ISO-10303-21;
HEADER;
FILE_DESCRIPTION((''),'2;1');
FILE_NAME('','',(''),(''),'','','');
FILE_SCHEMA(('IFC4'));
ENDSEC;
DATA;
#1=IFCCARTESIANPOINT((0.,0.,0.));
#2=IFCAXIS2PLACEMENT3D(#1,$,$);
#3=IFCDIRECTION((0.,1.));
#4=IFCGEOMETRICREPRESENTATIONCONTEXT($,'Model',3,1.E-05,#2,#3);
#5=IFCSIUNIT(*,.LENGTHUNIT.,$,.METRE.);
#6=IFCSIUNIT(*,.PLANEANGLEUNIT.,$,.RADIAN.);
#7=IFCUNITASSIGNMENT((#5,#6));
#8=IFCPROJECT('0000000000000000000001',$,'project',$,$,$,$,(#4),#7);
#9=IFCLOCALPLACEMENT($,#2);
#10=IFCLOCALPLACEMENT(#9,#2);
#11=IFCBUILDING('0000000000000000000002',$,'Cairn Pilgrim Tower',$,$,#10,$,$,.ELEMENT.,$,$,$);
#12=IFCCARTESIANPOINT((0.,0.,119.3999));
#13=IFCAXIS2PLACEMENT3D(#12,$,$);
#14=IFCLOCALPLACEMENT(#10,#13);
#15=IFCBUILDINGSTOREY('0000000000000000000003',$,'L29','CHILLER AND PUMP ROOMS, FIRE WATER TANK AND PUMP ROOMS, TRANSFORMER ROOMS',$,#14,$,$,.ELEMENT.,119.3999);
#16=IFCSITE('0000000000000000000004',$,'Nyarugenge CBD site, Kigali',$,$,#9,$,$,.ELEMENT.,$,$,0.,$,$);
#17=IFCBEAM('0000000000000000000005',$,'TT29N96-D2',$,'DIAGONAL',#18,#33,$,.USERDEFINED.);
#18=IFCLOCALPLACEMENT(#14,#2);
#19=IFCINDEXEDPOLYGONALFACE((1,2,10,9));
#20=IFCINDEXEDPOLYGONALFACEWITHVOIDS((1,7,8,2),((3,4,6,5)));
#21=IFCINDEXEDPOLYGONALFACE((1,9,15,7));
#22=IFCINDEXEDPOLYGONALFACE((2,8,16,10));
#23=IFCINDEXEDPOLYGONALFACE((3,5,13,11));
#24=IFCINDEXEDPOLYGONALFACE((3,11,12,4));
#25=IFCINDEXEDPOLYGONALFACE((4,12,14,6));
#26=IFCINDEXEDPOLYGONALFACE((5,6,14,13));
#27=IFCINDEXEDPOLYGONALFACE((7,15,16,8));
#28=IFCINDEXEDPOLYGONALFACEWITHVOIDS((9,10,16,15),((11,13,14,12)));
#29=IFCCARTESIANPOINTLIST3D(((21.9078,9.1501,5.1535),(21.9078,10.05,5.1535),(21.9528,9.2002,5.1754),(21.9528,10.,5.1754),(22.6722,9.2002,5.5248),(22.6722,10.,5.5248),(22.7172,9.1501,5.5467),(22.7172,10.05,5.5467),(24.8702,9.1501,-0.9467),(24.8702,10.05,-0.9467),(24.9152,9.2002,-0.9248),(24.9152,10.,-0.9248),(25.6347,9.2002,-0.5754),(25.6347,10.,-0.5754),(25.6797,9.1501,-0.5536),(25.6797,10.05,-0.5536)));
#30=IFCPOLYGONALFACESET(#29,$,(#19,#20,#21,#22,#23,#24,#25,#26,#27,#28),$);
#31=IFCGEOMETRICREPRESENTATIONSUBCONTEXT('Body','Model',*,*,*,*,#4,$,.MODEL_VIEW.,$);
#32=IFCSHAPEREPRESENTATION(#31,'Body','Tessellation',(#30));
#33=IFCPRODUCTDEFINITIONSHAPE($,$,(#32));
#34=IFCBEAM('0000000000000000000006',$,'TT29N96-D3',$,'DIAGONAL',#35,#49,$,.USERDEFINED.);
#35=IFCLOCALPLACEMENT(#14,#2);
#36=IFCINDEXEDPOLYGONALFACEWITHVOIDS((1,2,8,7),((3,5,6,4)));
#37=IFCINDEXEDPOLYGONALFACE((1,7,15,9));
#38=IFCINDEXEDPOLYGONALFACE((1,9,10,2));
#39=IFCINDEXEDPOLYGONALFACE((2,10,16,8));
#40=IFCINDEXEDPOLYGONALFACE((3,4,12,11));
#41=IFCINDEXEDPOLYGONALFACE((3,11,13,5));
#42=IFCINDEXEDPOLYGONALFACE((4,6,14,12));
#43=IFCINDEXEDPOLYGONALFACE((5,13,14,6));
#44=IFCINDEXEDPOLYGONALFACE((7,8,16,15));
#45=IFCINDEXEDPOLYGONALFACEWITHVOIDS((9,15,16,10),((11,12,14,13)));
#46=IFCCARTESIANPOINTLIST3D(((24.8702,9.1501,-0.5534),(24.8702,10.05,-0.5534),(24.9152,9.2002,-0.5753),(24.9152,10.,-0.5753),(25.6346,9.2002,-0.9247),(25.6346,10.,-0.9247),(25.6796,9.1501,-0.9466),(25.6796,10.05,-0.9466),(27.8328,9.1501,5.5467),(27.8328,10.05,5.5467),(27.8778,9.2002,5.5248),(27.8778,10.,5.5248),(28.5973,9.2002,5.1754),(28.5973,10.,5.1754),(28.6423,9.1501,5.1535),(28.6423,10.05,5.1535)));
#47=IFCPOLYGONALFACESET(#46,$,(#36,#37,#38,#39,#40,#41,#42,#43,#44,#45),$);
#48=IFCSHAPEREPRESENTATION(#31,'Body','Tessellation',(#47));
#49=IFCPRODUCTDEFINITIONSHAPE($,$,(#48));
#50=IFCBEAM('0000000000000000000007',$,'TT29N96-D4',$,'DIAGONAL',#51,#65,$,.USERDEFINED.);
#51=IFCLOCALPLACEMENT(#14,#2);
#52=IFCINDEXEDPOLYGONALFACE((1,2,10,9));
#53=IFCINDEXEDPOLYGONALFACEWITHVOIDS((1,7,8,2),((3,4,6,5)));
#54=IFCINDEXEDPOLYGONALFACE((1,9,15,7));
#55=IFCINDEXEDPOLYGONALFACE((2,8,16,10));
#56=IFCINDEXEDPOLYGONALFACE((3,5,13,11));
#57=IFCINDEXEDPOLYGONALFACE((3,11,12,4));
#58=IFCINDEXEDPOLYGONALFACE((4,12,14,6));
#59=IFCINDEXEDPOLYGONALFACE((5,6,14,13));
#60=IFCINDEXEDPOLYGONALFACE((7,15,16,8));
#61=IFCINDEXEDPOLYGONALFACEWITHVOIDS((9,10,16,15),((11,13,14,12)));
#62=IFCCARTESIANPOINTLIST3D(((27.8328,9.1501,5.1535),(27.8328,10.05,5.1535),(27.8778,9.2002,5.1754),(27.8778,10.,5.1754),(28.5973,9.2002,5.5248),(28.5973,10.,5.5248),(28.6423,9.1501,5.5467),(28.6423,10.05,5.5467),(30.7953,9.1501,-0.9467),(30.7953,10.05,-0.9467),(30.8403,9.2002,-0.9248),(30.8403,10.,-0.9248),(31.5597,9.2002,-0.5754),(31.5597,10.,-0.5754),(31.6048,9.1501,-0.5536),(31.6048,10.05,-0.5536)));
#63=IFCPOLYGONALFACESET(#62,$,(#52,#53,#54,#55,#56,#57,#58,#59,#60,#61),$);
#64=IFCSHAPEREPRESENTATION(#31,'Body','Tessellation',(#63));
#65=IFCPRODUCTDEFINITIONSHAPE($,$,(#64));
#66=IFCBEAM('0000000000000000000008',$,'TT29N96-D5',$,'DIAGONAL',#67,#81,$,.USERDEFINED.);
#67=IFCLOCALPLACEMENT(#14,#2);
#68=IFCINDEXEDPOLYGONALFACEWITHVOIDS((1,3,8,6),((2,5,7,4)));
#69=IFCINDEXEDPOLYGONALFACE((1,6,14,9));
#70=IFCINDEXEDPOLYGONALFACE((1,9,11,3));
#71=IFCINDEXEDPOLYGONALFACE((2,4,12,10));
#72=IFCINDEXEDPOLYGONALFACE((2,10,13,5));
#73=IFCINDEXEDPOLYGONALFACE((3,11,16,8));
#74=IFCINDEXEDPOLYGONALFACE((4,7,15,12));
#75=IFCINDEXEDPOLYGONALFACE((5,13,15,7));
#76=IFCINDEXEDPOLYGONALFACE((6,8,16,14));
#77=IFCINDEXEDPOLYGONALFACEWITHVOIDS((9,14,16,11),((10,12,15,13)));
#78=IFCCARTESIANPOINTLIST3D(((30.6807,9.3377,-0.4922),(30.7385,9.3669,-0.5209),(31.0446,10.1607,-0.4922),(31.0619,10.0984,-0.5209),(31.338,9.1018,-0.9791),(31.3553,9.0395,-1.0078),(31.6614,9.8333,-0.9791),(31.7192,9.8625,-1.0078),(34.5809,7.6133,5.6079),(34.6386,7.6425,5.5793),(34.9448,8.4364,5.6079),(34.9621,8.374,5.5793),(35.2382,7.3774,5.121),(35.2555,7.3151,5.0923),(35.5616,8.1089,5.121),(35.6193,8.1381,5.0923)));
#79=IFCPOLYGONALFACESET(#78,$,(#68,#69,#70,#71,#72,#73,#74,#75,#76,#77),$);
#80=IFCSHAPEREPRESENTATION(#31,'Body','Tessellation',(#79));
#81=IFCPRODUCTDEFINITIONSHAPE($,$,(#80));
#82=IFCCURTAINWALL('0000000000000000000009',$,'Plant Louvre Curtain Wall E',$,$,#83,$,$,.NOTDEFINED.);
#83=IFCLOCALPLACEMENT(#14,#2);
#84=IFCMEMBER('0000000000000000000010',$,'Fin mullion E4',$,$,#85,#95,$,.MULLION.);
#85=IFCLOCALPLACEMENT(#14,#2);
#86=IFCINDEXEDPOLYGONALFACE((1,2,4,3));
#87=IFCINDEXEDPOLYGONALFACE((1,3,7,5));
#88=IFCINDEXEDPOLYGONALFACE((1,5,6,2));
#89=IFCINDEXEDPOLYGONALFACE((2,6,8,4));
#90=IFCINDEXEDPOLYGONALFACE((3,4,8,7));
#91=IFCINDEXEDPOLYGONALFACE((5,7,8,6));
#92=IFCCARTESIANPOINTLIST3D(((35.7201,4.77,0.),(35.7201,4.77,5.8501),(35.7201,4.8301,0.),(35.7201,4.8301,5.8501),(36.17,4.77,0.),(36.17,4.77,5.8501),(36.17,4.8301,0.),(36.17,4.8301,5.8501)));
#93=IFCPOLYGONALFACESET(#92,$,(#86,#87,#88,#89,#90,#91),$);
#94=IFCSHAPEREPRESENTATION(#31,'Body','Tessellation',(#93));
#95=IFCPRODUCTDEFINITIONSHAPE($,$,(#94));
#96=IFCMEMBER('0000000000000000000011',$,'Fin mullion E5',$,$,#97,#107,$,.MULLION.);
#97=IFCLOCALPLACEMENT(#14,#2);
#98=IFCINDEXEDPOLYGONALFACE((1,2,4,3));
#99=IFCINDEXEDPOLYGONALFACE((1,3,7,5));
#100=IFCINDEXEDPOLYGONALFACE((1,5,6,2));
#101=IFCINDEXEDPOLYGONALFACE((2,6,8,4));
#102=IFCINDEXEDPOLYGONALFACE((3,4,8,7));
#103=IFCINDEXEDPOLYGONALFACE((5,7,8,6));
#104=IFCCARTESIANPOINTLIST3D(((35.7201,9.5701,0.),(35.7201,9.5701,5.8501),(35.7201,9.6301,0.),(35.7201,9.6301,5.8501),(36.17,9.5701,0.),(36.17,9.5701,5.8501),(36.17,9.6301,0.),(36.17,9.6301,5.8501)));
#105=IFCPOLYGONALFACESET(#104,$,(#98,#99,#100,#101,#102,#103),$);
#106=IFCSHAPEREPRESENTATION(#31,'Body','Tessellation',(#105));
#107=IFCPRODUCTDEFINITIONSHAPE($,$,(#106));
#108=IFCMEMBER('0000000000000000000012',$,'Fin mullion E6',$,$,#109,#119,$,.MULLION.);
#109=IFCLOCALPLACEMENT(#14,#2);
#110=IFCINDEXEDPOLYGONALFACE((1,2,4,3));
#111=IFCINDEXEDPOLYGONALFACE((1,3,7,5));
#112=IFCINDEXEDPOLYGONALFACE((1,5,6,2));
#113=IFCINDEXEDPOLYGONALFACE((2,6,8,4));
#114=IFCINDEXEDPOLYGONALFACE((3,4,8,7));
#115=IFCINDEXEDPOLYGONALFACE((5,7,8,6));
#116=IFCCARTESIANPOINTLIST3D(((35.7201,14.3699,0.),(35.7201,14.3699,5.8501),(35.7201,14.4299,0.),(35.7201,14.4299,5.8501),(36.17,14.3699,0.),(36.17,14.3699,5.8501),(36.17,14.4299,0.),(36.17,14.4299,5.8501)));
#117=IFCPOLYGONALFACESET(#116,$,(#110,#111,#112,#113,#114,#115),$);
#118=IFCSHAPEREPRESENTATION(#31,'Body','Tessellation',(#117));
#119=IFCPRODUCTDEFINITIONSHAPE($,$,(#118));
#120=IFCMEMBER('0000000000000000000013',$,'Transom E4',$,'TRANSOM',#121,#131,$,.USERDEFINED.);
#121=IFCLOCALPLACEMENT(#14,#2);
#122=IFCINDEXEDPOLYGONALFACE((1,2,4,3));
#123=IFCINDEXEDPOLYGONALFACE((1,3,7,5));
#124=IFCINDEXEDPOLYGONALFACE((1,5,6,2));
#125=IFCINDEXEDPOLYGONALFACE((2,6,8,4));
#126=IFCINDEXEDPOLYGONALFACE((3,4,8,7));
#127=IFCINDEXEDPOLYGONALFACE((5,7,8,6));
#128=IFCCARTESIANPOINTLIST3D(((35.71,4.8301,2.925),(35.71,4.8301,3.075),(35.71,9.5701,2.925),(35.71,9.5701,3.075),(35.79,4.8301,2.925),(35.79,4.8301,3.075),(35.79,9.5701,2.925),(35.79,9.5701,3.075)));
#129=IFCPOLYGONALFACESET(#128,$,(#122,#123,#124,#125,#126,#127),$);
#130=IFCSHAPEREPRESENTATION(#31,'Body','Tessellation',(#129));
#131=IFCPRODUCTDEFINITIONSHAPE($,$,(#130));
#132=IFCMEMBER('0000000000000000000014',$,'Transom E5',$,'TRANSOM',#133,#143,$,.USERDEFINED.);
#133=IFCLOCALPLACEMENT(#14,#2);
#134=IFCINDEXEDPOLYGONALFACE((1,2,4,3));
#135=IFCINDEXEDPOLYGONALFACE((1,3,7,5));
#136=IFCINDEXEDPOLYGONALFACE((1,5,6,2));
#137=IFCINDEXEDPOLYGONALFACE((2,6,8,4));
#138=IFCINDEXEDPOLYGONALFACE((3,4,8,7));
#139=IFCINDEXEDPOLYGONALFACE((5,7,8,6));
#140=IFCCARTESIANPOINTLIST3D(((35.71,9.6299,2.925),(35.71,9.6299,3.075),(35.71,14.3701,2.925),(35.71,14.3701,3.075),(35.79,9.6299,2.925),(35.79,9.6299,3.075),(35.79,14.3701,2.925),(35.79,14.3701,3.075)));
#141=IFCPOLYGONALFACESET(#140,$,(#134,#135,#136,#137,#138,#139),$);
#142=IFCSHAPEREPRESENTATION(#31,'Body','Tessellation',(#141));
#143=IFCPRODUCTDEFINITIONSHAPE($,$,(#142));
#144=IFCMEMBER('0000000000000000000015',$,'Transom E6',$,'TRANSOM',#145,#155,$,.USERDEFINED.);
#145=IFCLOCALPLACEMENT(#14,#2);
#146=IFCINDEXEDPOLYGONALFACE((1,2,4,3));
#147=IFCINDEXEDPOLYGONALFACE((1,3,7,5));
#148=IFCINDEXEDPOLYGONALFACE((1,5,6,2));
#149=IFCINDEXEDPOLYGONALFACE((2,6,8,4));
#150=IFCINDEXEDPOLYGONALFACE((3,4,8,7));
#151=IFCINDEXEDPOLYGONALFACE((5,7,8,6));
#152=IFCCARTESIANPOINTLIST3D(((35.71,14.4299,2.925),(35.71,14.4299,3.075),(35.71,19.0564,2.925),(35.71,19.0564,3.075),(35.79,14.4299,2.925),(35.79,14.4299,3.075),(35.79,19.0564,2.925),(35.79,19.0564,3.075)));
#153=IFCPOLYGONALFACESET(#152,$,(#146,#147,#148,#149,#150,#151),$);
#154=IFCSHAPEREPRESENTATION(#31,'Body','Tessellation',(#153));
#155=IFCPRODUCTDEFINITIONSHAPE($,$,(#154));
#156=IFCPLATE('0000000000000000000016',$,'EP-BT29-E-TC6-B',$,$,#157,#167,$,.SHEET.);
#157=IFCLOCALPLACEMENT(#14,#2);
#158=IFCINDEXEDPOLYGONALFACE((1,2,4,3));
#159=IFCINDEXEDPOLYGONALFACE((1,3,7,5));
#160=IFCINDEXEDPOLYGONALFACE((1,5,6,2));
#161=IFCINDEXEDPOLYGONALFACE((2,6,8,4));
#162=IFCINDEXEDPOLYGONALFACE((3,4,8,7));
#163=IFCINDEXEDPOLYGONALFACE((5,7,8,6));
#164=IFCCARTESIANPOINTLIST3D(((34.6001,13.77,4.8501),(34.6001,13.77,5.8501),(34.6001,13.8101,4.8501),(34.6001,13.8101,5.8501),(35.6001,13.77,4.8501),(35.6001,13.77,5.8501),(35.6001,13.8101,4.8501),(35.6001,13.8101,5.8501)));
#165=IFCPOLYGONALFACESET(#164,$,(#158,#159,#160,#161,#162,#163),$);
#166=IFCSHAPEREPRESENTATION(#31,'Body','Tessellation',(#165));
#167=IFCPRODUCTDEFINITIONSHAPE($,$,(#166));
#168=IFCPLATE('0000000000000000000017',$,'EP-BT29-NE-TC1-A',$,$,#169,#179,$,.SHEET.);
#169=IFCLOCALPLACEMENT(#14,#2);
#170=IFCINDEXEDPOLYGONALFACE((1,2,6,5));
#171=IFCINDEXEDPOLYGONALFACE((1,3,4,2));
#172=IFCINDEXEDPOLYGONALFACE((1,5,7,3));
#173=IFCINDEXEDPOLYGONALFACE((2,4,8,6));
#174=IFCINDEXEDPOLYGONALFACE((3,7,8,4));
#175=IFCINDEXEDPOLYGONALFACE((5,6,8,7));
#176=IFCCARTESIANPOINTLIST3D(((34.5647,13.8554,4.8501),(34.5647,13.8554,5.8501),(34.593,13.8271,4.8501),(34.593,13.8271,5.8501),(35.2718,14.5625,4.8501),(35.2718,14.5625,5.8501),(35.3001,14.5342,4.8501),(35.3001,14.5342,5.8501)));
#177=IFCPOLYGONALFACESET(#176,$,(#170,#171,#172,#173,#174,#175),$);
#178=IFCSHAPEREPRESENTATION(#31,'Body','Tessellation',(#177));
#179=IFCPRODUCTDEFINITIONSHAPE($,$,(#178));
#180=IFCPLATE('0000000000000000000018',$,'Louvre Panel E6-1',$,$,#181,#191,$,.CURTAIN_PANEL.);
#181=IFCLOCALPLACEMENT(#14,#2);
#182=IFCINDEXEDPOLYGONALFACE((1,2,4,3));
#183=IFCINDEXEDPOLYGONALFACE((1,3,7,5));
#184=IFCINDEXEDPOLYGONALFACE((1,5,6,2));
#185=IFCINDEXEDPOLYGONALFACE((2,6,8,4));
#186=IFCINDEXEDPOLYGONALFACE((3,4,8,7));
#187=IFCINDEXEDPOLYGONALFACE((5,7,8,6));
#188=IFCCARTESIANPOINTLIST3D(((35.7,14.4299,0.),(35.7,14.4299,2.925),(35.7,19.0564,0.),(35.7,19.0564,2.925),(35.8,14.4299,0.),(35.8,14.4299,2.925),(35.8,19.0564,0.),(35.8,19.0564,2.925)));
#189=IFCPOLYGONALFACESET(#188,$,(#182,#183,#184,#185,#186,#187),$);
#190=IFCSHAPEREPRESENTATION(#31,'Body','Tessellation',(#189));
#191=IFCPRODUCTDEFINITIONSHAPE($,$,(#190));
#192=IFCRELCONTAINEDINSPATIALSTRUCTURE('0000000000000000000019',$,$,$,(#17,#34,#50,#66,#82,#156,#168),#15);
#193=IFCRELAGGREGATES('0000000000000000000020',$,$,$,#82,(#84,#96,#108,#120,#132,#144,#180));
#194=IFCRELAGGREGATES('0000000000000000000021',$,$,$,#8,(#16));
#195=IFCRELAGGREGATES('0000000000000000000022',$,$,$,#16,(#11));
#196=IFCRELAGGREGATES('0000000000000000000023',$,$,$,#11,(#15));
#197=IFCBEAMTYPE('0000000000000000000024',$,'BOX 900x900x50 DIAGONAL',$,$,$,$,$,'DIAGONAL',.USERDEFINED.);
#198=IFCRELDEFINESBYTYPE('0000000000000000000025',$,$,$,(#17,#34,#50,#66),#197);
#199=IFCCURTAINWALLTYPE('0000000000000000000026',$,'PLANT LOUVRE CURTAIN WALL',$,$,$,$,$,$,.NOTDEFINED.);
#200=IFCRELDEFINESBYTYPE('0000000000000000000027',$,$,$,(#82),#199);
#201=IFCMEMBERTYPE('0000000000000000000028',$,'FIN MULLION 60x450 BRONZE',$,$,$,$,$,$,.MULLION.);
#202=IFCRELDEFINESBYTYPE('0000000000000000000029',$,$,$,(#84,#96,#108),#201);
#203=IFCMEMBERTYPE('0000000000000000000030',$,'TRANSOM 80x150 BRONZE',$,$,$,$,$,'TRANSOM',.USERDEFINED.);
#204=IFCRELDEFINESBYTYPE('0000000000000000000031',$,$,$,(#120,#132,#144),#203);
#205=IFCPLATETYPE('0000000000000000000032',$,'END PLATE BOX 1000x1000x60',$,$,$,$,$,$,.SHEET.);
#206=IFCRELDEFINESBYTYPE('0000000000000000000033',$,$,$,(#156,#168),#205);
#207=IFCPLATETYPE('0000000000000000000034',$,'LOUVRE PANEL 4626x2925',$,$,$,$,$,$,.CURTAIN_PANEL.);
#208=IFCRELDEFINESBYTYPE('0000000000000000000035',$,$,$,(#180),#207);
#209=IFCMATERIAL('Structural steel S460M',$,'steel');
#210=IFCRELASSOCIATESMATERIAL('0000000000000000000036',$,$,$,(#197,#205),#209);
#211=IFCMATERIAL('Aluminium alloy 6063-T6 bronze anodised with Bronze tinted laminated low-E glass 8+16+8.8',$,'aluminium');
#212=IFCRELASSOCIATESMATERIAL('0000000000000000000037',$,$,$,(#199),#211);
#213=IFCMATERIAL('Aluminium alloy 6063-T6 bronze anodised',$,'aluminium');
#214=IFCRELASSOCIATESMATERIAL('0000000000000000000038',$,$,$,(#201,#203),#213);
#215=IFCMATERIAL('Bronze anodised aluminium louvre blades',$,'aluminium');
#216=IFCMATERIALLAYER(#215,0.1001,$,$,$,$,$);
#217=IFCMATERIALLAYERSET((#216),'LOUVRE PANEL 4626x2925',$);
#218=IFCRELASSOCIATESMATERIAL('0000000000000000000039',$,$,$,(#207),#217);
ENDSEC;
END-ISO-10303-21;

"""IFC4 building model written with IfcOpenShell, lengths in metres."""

from ifc_helpers import new_model, si_unit, direction, frame, origin, origin_2d, place, context, subcontext, project, spatial, rectangle, hollow_rectangle, extrude, material, layer, layer_set, material_profile, profile_set, type_object, element, aggregate, save


model = new_model("IFC4")

# Units and contexts
model_context = context("Model", 3, precision=1e-05, world=origin(), true_north=direction((0.0, 1.0)))
body_context = subcontext(model_context, "Body", "Model", "MODEL_VIEW")
ifc_project = project(units=[si_unit("LENGTHUNIT", "METRE"), si_unit("PLANEANGLEUNIT", "RADIAN")], contexts=[model_context])

# Site, building, storey
site_placement = place(None, origin())
site = spatial("IfcSite", under=ifc_project, at=site_placement, Name="Nyarugenge CBD site, Kigali", CompositionType="ELEMENT", RefElevation=0.0)
building_placement = place(site_placement, origin())
building = spatial("IfcBuilding", under=site, at=building_placement, Name="Cairn Pilgrim Tower", CompositionType="ELEMENT")
storey_placement = place(building_placement, frame((0.0, 0.0, 119.3999)))
storey = spatial("IfcBuildingStorey", under=building, at=storey_placement, Name="L29", Description="CHILLER AND PUMP ROOMS, FIRE WATER TANK AND PUMP ROOMS, TRANSFORMER ROOMS", CompositionType="ELEMENT", Elevation=119.3999)

# Shared definitions
ifc_material_1 = material(Name="Structural steel S460M", Category="steel")

# Beams
ifc_material_profile_1 = material_profile(ifc_material_1, hollow_rectangle(XDim=0.8999, YDim=0.8999, WallThickness=0.05, at=origin_2d()), Name="BOX 900x900x50")
ifc_profile_set_1 = profile_set([ifc_material_profile_1], Name="Structural steel S460M")
beam_type_1 = type_object("IfcBeamType", Name="BOX 900x900x50 DIAGONAL", ElementType="DIAGONAL", PredefinedType="USERDEFINED", material=ifc_profile_set_1)
for number, where, z_axis, x_axis, name in (
    (1, (22.3125, 9.6001, 5.3501), (0.436844, 0.0, -0.899537), (0.0, 1.0, 0.0), "TT29N96-D2"),
    (2, (25.2749, 9.6001, -0.75), (0.436873, 0.0, 0.899523), (0.0, 1.0, 0.0), "TT29N96-D3"),
    (3, (28.2375, 9.6001, 5.3501), (0.436844, 0.0, -0.899537), (0.0, 1.0, 0.0), "TT29N96-D4"),
):
    element("IfcBeam", number, at=place(storey_placement, frame(where, z_axis=z_axis, x_axis=x_axis)), inside=storey, type_object=beam_type_1, Name=name, ObjectType="DIAGONAL", PredefinedType="USERDEFINED", context=body_context, shape_type="SweptSolid", body=[
        extrude(hollow_rectangle(XDim=0.8999, YDim=0.8999, WallThickness=0.05, at=origin_2d()), origin(), (0.0, 0.0, 1.0), 6.7815),
    ])
beam_1_placement = place(storey_placement, frame((31.2, 9.6001, -0.75), z_axis=(0.524014, -0.231681, 0.819593), x_axis=(0.404369, 0.914596, 0.0)))
element("IfcBeam", 4, at=beam_1_placement, inside=storey, type_object=beam_type_1, Name="TT29N96-D5", ObjectType="DIAGONAL", PredefinedType="USERDEFINED", context=body_context, shape_type="SweptSolid", body=[
    extrude(hollow_rectangle(XDim=0.8999, YDim=0.8999, WallThickness=0.05, at=origin_2d()), origin(), (0.0, 0.0, 1.0), 7.4429),
])

# Curtain wall, members
ifc_material_2 = material(Name="Aluminium alloy 6063-T6 bronze anodised with Bronze tinted laminated low-E glass 8+16+8.8", Category="aluminium")
curtain_wall_type = type_object("IfcCurtainWallType", Name="PLANT LOUVRE CURTAIN WALL", PredefinedType="NOTDEFINED", material=ifc_material_2)
curtain_wall_placement = place(storey_placement, origin())
curtain_wall = element("IfcCurtainWall", 5, at=curtain_wall_placement, inside=storey, type_object=curtain_wall_type, Name="Plant Louvre Curtain Wall E", PredefinedType="NOTDEFINED")
ifc_material_3 = material(Name="Aluminium alloy 6063-T6 bronze anodised", Category="aluminium")
ifc_material_profile_2 = material_profile(ifc_material_3, rectangle(XDim=0.45, YDim=0.0601, at=origin_2d()), Name="FIN MULLION 60x450 BRONZE")
ifc_profile_set_2 = profile_set([ifc_material_profile_2], Name="Aluminium alloy 6063-T6 bronze anodised")
member_type_1 = type_object("IfcMemberType", Name="FIN MULLION 60x450 BRONZE", PredefinedType="MULLION", material=ifc_profile_set_2)
member_1_placement = place(storey_placement, frame((35.9451, 4.8, 0.0), z_axis=(0.0, 0.0, 1.0), x_axis=(1.0, 0.0, 0.0)))
member_1 = element("IfcMember", 6, at=member_1_placement, type_object=member_type_1, Name="Fin mullion E4", PredefinedType="MULLION", context=body_context, shape_type="SweptSolid", body=[
    extrude(rectangle(XDim=0.45, YDim=0.0601, at=origin_2d()), origin(), (0.0, 0.0, 1.0), 5.8501),
])
member_2_placement = place(storey_placement, frame((35.9451, 9.6001, 0.0), z_axis=(0.0, 0.0, 1.0), x_axis=(1.0, 0.0, 0.0)))
member_2 = element("IfcMember", 7, at=member_2_placement, type_object=member_type_1, Name="Fin mullion E5", PredefinedType="MULLION", context=body_context, shape_type="SweptSolid", body=[
    extrude(rectangle(XDim=0.45, YDim=0.0601, at=origin_2d()), origin(), (0.0, 0.0, 1.0), 5.8501),
])
member_3_placement = place(storey_placement, frame((35.9451, 14.3999, 0.0), z_axis=(0.0, 0.0, 1.0), x_axis=(1.0, 0.0, 0.0)))
member_3 = element("IfcMember", 8, at=member_3_placement, type_object=member_type_1, Name="Fin mullion E6", PredefinedType="MULLION", context=body_context, shape_type="SweptSolid", body=[
    extrude(rectangle(XDim=0.45, YDim=0.0601, at=origin_2d()), origin(), (0.0, 0.0, 1.0), 5.8501),
])
ifc_material_profile_3 = material_profile(ifc_material_3, rectangle(XDim=0.0801, YDim=0.1499, at=origin_2d()), Name="TRANSOM 80x150 BRONZE")
ifc_profile_set_3 = profile_set([ifc_material_profile_3], Name="Aluminium alloy 6063-T6 bronze anodised")
member_type_2 = type_object("IfcMemberType", Name="TRANSOM 80x150 BRONZE", ElementType="TRANSOM", PredefinedType="USERDEFINED", material=ifc_profile_set_3)
member_4_placement = place(storey_placement, frame((35.75, 4.8301, 3.0), z_axis=(0.0, 1.0, 0.0), x_axis=(-1.0, 0.0, 0.0)))
member_4 = element("IfcMember", 9, at=member_4_placement, type_object=member_type_2, Name="Transom E4", ObjectType="TRANSOM", PredefinedType="USERDEFINED", context=body_context, shape_type="SweptSolid", body=[
    extrude(rectangle(XDim=0.0801, YDim=0.1499, at=origin_2d()), origin(), (0.0, 0.0, 1.0), 4.74),
])
member_5_placement = place(storey_placement, frame((35.75, 9.6299, 3.0), z_axis=(0.0, 1.0, 0.0), x_axis=(-1.0, 0.0, 0.0)))
member_5 = element("IfcMember", 10, at=member_5_placement, type_object=member_type_2, Name="Transom E5", ObjectType="TRANSOM", PredefinedType="USERDEFINED", context=body_context, shape_type="SweptSolid", body=[
    extrude(rectangle(XDim=0.0801, YDim=0.1499, at=origin_2d()), origin(), (0.0, 0.0, 1.0), 4.7402),
])
member_6_placement = place(storey_placement, frame((35.75, 14.4299, 3.0), z_axis=(0.0, 1.0, 0.0), x_axis=(-1.0, 0.0, 0.0)))
member_6 = element("IfcMember", 11, at=member_6_placement, type_object=member_type_2, Name="Transom E6", ObjectType="TRANSOM", PredefinedType="USERDEFINED", context=body_context, shape_type="SweptSolid", body=[
    extrude(rectangle(XDim=0.0801, YDim=0.1499, at=origin_2d()), origin(), (0.0, 0.0, 1.0), 4.6265),
])

# Plates
ifc_material_profile_4 = material_profile(ifc_material_1, rectangle(XDim=1.0, YDim=1.0, at=origin_2d()), Name="END PLATE BOX 1000x1000x60")
ifc_profile_set_4 = profile_set([ifc_material_profile_4], Name="Structural steel S460M")
plate_type_1 = type_object("IfcPlateType", Name="END PLATE BOX 1000x1000x60", PredefinedType="SHEET", material=ifc_profile_set_4)
for number, where, z_axis, x_axis, name in (
    (12, (35.1001, 13.77, 5.3501), (0.0, 1.0, 0.0), (-1.0, 0.0, 0.0), "EP-BT29-E-TC6-B"),
    (13, (34.9182, 14.209, 5.3501), (0.707107, -0.707107, 0.0), (0.707107, 0.707107, 0.0), "EP-BT29-NE-TC1-A"),
):
    element("IfcPlate", number, at=place(storey_placement, frame(where, z_axis=z_axis, x_axis=x_axis)), inside=storey, type_object=plate_type_1, Name=name, PredefinedType="SHEET", context=body_context, shape_type="SweptSolid", body=[
        extrude(rectangle(XDim=1.0, YDim=1.0, at=origin_2d()), origin(), (0.0, 0.0, 1.0), 0.04),
    ])

# Plate
ifc_material_4 = material(Name="Bronze anodised aluminium louvre blades", Category="aluminium")
ifc_layer_1 = layer(ifc_material_4, 0.1001)
ifc_layer_set_1 = layer_set([ifc_layer_1], Name="LOUVRE PANEL 4626x2925")
plate_type_2 = type_object("IfcPlateType", Name="LOUVRE PANEL 4626x2925", PredefinedType="CURTAIN_PANEL", material=ifc_layer_set_1)
plate_1_placement = place(storey_placement, frame((35.75, 16.7432, 0.0), z_axis=(0.0, 0.0, 1.0), x_axis=(0.0, 1.0, 0.0)))
plate_1 = element("IfcPlate", 14, at=plate_1_placement, type_object=plate_type_2, Name="Louvre Panel E6-1", PredefinedType="CURTAIN_PANEL", context=body_context, shape_type="SweptSolid", body=[
    extrude(rectangle(XDim=4.6265, YDim=0.1001, at=origin_2d()), origin(), (0.0, 0.0, 1.0), 2.925),
])
aggregate(curtain_wall, [member_1, member_2, member_3, member_4, member_5, member_6, plate_1])

save(model, "model.ifc")
